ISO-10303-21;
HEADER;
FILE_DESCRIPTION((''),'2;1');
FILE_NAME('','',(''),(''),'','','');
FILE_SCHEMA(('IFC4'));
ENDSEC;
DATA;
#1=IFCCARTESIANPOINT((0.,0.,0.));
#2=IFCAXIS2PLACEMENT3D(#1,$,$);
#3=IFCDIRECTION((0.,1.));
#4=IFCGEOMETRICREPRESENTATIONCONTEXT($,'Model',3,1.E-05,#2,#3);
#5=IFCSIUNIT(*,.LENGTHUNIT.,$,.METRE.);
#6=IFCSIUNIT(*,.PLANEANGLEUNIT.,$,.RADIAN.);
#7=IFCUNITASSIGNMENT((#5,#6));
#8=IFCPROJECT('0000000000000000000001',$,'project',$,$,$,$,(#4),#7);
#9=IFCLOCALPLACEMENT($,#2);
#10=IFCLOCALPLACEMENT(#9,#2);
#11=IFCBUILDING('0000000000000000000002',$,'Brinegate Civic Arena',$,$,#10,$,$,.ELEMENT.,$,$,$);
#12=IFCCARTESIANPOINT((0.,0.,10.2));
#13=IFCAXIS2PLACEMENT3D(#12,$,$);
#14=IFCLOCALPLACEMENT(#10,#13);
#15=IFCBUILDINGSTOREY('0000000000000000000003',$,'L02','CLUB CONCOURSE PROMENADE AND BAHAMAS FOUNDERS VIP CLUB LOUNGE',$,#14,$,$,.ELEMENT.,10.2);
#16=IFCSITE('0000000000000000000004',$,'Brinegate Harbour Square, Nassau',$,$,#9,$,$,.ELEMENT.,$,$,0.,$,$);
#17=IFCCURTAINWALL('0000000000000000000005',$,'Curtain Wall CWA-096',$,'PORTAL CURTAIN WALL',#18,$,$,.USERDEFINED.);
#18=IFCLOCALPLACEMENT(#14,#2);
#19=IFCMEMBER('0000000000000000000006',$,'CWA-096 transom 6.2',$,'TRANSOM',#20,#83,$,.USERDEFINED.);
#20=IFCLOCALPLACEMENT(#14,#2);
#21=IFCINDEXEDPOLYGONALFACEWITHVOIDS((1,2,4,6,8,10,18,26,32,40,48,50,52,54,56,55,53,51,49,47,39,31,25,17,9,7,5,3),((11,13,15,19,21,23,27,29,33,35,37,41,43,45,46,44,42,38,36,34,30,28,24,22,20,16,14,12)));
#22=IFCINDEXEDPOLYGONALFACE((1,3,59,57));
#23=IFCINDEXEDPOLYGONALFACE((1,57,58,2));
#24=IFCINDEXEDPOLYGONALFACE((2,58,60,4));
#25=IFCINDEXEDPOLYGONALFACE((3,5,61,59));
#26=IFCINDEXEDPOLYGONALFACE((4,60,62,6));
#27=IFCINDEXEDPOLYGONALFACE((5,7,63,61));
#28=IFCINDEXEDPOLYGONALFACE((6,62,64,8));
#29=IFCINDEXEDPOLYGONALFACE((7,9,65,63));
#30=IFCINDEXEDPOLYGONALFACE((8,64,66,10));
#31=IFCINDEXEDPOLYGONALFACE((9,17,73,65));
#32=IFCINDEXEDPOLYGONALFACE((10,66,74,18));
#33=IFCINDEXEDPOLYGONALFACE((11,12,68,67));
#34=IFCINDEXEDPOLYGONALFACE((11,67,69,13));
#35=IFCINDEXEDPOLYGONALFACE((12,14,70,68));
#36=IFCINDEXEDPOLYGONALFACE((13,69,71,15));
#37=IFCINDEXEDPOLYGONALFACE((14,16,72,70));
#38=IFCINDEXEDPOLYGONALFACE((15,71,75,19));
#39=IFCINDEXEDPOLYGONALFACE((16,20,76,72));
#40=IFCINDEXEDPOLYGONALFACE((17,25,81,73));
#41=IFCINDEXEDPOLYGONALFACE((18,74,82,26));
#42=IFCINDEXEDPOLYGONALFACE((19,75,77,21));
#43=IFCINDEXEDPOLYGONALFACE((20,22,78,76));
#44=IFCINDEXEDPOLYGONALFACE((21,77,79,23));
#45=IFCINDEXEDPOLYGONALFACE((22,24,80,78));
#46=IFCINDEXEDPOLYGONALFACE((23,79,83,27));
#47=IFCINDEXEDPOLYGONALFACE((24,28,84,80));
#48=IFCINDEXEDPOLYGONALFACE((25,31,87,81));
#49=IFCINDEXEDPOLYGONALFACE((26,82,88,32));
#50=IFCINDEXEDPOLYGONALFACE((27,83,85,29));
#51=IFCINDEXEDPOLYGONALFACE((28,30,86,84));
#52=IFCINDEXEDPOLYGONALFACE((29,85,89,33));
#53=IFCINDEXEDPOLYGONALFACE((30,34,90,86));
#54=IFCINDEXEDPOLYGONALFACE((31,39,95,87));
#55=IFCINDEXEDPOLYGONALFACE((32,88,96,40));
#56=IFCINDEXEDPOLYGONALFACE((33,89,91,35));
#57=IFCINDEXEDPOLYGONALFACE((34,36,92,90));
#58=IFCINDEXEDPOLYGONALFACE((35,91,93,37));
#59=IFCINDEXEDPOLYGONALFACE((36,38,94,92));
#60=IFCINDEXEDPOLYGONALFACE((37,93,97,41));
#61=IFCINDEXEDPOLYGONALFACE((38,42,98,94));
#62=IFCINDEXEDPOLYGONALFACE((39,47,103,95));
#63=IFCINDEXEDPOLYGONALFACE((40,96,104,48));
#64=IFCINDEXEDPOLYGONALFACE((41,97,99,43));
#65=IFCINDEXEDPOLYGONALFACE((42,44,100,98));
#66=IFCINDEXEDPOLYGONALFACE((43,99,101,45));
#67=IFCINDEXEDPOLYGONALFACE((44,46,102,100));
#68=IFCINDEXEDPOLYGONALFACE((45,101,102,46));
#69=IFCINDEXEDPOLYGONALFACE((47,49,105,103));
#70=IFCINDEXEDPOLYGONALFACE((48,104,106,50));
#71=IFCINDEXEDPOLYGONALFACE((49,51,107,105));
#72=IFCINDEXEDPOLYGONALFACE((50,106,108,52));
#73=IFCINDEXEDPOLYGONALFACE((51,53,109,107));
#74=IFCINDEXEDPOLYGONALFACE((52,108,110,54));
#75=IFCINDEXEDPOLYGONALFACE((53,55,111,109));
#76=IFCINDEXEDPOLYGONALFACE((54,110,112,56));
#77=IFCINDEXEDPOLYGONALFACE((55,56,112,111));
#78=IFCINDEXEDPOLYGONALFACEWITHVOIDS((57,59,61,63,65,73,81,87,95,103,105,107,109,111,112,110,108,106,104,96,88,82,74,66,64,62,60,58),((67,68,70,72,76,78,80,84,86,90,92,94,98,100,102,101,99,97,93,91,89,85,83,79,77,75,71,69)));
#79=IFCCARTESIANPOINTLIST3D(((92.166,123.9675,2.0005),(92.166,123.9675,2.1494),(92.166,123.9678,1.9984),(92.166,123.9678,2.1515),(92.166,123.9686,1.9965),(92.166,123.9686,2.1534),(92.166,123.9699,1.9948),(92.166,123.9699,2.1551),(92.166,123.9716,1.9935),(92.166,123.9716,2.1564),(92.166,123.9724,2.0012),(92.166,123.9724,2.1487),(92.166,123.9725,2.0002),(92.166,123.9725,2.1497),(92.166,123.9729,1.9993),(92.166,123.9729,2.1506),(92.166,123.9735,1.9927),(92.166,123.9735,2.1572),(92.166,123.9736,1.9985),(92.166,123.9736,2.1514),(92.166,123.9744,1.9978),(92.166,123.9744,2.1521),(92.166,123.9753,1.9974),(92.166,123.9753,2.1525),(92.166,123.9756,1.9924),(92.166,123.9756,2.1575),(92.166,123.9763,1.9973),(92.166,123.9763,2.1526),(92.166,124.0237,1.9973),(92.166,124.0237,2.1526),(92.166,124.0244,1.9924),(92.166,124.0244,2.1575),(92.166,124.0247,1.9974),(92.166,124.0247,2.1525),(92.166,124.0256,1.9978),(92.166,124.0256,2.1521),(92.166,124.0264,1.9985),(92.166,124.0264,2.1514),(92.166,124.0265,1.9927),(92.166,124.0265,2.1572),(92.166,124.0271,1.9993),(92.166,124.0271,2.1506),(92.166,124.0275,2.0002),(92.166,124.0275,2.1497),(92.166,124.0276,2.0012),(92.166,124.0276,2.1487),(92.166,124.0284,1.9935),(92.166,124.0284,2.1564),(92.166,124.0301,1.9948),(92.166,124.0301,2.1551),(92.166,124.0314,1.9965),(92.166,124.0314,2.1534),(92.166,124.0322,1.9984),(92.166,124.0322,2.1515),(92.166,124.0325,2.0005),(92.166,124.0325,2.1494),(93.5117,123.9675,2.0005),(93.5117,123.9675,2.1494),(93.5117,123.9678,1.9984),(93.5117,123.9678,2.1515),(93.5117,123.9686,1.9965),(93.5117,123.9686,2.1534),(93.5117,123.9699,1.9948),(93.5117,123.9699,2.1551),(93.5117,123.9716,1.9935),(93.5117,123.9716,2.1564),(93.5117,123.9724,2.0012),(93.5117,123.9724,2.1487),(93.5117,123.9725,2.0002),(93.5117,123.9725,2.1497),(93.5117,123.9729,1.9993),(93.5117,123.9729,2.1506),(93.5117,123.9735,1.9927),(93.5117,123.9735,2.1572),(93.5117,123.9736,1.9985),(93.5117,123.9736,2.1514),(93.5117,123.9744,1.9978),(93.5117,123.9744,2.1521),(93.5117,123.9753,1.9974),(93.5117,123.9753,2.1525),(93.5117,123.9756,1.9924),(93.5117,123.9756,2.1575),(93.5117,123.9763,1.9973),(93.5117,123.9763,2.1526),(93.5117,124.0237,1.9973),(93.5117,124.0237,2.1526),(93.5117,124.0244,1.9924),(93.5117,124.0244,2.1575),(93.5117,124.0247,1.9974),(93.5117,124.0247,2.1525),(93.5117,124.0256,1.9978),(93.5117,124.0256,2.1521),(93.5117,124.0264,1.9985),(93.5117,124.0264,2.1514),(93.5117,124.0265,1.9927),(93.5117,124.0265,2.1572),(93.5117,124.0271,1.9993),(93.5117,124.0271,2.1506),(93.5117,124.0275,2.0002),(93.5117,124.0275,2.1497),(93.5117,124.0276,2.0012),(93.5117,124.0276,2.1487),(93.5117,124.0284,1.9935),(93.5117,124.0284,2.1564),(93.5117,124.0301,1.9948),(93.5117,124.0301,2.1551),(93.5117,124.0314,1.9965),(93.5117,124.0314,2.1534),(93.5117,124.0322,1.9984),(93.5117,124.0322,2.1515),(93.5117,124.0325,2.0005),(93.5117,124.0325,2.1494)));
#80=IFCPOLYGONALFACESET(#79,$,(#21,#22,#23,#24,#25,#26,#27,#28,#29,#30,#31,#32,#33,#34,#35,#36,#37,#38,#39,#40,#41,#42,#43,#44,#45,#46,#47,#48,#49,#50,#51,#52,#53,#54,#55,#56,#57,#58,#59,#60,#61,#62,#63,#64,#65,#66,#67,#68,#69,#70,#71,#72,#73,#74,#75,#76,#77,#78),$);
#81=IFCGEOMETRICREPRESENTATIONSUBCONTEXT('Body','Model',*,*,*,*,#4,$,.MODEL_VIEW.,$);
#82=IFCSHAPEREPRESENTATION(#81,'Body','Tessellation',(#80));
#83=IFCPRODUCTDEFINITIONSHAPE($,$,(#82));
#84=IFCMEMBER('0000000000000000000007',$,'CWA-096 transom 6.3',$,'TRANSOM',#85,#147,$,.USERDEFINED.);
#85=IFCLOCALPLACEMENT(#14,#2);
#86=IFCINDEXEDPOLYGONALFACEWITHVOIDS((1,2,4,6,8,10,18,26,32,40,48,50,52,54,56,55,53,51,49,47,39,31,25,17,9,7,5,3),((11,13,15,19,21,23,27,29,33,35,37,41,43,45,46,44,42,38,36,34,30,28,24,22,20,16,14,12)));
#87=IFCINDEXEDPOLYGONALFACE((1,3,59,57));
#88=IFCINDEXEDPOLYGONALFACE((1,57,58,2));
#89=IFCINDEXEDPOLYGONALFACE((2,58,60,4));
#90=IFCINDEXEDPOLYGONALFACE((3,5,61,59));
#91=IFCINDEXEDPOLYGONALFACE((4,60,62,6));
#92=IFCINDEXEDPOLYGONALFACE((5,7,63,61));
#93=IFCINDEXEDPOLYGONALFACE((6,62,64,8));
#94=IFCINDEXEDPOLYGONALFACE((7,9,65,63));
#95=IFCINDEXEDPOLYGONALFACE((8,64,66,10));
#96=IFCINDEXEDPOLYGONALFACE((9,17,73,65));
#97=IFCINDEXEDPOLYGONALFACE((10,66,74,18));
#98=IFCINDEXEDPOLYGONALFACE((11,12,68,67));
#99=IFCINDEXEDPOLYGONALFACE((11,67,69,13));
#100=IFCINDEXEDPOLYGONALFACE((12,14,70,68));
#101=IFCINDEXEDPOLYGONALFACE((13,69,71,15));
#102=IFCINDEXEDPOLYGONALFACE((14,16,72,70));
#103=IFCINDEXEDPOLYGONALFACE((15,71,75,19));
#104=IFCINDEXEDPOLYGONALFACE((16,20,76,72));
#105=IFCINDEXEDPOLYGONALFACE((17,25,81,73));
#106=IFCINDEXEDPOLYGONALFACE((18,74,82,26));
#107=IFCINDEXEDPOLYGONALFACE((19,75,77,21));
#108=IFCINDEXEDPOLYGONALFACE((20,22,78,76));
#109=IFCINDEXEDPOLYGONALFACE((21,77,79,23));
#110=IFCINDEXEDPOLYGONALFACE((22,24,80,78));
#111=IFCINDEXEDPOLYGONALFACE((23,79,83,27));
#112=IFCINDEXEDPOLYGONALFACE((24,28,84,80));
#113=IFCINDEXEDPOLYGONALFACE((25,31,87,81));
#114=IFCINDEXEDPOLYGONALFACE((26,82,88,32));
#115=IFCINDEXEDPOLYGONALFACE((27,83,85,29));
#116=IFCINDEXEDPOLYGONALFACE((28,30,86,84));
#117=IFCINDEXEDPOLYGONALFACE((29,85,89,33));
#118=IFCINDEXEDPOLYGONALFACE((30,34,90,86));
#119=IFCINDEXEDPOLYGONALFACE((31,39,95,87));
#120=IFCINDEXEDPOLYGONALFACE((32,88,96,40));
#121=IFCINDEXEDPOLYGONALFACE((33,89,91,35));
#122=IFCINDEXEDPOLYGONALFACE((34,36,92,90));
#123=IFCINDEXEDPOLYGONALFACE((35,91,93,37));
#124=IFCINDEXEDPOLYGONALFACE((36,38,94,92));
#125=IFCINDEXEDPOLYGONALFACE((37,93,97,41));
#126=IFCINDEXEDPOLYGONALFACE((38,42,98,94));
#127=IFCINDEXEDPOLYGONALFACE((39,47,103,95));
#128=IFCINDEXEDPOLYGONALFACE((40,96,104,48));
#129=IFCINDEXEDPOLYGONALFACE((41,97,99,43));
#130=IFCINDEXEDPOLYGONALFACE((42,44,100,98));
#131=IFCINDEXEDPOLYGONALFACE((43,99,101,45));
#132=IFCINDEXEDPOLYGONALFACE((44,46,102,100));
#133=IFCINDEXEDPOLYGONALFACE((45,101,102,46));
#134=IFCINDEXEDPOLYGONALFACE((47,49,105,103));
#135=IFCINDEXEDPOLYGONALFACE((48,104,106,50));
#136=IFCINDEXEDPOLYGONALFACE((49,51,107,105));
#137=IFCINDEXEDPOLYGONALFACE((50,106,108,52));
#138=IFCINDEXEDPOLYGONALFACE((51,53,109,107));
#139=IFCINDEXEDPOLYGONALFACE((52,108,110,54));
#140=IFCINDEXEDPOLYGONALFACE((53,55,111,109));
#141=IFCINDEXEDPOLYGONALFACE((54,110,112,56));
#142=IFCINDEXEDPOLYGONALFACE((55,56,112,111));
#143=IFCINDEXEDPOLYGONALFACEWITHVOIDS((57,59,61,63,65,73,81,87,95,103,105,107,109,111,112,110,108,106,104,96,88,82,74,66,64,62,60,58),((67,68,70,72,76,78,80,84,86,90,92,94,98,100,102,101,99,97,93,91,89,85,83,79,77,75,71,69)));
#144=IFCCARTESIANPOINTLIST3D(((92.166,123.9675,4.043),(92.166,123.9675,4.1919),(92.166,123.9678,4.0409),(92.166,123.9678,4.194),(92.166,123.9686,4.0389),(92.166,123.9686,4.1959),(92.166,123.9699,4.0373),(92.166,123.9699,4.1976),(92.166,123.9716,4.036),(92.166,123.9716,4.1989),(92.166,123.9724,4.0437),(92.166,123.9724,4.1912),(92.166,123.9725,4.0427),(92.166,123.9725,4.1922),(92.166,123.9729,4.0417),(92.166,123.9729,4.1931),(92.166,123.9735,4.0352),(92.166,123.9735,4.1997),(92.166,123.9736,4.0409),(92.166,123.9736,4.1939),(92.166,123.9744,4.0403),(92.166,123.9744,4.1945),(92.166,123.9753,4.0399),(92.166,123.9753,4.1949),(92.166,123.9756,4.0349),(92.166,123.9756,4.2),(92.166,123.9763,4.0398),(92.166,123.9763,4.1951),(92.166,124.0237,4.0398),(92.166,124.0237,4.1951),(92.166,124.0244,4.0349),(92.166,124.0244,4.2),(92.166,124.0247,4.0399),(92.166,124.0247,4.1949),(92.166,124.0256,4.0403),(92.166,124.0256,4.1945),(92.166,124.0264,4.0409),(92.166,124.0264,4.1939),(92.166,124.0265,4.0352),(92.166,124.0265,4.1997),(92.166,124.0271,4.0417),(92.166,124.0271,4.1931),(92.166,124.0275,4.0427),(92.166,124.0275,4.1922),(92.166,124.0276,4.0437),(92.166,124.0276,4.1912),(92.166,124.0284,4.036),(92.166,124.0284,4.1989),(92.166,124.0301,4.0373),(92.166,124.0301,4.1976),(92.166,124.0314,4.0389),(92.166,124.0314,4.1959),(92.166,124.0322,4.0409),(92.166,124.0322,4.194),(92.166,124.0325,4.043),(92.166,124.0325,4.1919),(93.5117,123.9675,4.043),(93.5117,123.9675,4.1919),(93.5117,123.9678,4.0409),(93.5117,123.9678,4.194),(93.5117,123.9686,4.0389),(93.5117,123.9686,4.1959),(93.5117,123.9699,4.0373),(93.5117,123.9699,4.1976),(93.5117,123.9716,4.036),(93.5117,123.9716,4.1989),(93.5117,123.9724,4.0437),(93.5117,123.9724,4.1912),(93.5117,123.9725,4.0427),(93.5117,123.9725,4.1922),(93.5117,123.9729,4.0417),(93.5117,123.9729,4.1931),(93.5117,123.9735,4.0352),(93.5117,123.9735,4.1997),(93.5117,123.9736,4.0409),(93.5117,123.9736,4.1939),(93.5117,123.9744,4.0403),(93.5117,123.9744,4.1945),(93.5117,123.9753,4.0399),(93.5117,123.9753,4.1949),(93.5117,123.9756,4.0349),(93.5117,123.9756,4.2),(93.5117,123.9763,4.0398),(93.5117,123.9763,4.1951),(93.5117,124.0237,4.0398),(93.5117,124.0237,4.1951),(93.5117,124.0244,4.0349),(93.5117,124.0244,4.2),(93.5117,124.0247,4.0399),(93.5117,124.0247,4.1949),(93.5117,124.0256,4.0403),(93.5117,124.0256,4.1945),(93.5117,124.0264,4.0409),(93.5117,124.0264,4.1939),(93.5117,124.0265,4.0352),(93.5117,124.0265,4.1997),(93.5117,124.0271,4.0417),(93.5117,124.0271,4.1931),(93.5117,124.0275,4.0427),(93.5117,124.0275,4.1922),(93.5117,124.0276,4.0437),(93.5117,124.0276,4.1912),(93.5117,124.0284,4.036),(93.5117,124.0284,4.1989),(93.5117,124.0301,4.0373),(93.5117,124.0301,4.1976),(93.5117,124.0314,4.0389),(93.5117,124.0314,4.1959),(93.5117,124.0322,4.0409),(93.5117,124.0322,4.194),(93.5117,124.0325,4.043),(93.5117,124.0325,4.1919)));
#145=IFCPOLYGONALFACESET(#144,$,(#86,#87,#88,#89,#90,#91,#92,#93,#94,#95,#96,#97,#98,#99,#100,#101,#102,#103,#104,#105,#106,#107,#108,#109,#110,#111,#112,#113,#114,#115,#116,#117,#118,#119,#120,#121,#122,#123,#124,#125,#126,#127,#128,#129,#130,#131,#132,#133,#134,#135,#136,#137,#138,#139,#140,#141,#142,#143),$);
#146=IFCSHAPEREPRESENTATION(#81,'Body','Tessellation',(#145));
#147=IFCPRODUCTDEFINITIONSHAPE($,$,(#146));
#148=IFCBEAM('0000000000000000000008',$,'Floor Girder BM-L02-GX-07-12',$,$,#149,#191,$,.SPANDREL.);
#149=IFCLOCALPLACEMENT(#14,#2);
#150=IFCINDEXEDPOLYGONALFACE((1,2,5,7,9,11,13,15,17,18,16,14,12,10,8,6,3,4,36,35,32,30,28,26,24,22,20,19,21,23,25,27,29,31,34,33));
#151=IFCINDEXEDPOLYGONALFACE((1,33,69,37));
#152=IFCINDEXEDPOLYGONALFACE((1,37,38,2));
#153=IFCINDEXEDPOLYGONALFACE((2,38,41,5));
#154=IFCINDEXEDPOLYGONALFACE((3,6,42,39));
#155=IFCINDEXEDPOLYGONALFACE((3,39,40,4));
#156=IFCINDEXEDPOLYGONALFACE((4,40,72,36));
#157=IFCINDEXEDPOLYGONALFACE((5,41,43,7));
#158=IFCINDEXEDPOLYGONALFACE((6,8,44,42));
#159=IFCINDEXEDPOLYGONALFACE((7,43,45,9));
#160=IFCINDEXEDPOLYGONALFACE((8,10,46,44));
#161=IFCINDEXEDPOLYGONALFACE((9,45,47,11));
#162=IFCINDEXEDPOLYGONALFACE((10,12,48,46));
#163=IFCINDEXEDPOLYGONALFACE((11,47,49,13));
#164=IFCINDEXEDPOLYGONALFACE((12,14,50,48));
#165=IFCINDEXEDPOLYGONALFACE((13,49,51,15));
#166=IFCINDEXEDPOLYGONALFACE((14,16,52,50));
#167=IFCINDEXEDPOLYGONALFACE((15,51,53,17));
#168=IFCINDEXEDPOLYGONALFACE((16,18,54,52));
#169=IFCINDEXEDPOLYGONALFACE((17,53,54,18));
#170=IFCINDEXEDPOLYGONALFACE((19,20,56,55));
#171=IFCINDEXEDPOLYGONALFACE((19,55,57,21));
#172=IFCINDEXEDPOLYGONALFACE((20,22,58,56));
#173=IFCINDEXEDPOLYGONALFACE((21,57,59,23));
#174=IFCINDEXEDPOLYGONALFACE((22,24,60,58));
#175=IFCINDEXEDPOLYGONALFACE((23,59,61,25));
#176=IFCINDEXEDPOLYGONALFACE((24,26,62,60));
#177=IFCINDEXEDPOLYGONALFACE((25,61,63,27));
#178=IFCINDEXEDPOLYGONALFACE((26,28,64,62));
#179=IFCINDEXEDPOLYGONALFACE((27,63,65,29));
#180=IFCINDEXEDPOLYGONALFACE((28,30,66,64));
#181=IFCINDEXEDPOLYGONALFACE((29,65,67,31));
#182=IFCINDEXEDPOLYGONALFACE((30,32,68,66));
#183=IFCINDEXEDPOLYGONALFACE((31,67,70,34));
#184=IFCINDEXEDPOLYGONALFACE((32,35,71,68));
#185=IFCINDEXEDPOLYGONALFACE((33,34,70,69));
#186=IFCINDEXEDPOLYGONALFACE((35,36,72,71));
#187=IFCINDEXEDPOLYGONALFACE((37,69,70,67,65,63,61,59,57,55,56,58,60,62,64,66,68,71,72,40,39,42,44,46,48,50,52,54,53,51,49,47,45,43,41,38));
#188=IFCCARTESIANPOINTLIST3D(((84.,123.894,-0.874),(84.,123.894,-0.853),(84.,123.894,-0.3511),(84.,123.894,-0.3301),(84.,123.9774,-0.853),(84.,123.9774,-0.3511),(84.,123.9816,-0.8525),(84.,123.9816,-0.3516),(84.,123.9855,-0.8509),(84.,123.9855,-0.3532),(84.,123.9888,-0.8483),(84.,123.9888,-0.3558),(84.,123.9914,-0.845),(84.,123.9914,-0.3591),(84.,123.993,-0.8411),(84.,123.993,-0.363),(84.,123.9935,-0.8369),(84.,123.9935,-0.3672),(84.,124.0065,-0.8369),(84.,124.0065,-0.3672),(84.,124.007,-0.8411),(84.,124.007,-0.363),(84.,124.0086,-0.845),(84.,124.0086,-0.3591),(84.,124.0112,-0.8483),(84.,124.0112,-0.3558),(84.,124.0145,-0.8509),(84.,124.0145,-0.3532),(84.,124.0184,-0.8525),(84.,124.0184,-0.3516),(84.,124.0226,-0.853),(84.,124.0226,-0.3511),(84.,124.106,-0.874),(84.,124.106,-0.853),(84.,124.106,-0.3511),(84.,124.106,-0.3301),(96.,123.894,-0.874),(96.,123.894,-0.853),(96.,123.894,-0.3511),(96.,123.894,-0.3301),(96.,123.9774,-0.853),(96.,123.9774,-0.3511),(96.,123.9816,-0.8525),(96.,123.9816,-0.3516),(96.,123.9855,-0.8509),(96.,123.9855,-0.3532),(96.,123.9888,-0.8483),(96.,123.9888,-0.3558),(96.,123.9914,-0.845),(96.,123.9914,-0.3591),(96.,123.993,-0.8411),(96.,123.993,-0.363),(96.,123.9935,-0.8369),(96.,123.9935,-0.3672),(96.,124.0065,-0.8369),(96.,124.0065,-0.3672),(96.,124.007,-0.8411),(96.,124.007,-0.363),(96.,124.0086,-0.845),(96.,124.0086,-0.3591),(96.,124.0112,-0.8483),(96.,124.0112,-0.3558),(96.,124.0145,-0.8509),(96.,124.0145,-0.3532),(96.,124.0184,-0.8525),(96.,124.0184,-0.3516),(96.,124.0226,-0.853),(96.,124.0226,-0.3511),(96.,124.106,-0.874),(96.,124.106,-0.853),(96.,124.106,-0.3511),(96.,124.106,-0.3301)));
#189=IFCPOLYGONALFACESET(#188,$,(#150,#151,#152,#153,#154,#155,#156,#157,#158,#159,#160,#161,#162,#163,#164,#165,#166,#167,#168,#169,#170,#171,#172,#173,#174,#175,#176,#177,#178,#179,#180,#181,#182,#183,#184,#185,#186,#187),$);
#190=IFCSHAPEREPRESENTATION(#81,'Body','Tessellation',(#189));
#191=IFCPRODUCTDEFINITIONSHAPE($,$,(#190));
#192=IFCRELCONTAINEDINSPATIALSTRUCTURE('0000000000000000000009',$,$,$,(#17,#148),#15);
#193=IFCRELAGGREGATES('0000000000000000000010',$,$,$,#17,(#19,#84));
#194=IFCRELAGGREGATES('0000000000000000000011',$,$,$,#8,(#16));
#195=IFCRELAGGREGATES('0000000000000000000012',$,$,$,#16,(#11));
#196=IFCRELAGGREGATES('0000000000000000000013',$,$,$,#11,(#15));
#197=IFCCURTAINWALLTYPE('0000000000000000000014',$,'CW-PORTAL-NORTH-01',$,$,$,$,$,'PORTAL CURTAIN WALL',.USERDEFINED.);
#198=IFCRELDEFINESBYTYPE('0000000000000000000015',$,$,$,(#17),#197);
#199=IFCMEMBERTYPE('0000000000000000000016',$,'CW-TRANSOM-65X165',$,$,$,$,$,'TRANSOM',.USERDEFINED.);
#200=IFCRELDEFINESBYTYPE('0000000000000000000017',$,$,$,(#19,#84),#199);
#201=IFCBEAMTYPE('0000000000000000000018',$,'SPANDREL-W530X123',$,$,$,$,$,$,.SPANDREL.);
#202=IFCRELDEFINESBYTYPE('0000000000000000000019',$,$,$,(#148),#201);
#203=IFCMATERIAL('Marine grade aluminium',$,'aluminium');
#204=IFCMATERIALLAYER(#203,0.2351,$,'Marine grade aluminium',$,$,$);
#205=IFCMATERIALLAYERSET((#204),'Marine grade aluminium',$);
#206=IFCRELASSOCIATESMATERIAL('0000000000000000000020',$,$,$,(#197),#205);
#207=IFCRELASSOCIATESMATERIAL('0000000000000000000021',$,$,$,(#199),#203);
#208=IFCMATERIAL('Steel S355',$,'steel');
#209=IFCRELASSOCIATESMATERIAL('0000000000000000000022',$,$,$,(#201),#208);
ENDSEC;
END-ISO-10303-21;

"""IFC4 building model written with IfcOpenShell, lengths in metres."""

from ifc_helpers import new_model, si_unit, direction, frame, origin, origin_2d, place, context, subcontext, project, spatial, hollow_rectangle, i_section, extrude, material, layer, layer_set, material_profile, profile_set, type_object, element, aggregate, save


model = new_model("IFC4")

# Units and contexts
model_context = context("Model", 3, precision=1e-05, world=origin(), true_north=direction((0.0, 1.0)))
body_context = subcontext(model_context, "Body", "Model", "MODEL_VIEW")
ifc_project = project(units=[si_unit("LENGTHUNIT", "METRE"), si_unit("PLANEANGLEUNIT", "RADIAN")], contexts=[model_context])

# Site, building, storey
site_placement = place(None, origin())
site = spatial("IfcSite", under=ifc_project, at=site_placement, Name="Brinegate Harbour Square, Nassau", CompositionType="ELEMENT", RefElevation=0.0)
building_placement = place(site_placement, origin())
building = spatial("IfcBuilding", under=site, at=building_placement, Name="Brinegate Civic Arena", CompositionType="ELEMENT")
storey_placement = place(building_placement, frame((0.0, 0.0, 10.2)))
storey = spatial("IfcBuildingStorey", under=building, at=storey_placement, Name="L02", Description="CLUB CONCOURSE PROMENADE AND BAHAMAS FOUNDERS VIP CLUB LOUNGE", CompositionType="ELEMENT", Elevation=10.2)

# Curtain wall, members
ifc_material_1 = material(Name="Marine grade aluminium", Category="aluminium")
ifc_layer_1 = layer(ifc_material_1, 0.2351, Name="Marine grade aluminium")
ifc_layer_set_1 = layer_set([ifc_layer_1], Name="Marine grade aluminium")
curtain_wall_type = type_object("IfcCurtainWallType", Name="CW-PORTAL-NORTH-01", ElementType="PORTAL CURTAIN WALL", PredefinedType="USERDEFINED", material=ifc_layer_set_1)
curtain_wall_placement = place(storey_placement, origin())
curtain_wall = element("IfcCurtainWall", 1, at=curtain_wall_placement, inside=storey, type_object=curtain_wall_type, Name="Curtain Wall CWA-096", ObjectType="PORTAL CURTAIN WALL", PredefinedType="USERDEFINED")
ifc_material_profile_1 = material_profile(ifc_material_1, hollow_rectangle(XDim=0.0649, YDim=0.165, WallThickness=0.0049, InnerFilletRadius=0.0039, OuterFilletRadius=0.0081, at=origin_2d()), Name="TRN65X165")
ifc_profile_set_1 = profile_set([ifc_material_profile_1], Name="Marine grade aluminium")
member_type_1 = type_object("IfcMemberType", Name="CW-TRANSOM-65X165", ElementType="TRANSOM", PredefinedType="USERDEFINED", material=ifc_profile_set_1)
member_1_placement = place(storey_placement, frame((92.166, 124.0, 2.075), z_axis=(1.0, 0.0, 0.0), x_axis=(0.0, 1.0, 0.0)))
member_1 = element("IfcMember", 2, at=member_1_placement, type_object=member_type_1, Name="CWA-096 transom 6.2", ObjectType="TRANSOM", PredefinedType="USERDEFINED", context=body_context, shape_type="SweptSolid", body=[
    extrude(hollow_rectangle(XDim=0.0649, YDim=0.165, WallThickness=0.0049, InnerFilletRadius=0.0039, OuterFilletRadius=0.0081, at=origin_2d()), origin(), (0.0, 0.0, 1.0), 1.3457),
])
member_2_placement = place(storey_placement, frame((92.166, 124.0, 4.1174), z_axis=(1.0, 0.0, 0.0), x_axis=(0.0, 1.0, 0.0)))
member_2 = element("IfcMember", 3, at=member_2_placement, type_object=member_type_1, Name="CWA-096 transom 6.3", ObjectType="TRANSOM", PredefinedType="USERDEFINED", context=body_context, shape_type="SweptSolid", body=[
    extrude(hollow_rectangle(XDim=0.0649, YDim=0.165, WallThickness=0.0049, InnerFilletRadius=0.0039, OuterFilletRadius=0.0081, at=origin_2d()), origin(), (0.0, 0.0, 1.0), 1.3457),
])

# Beam
ifc_material_2 = material(Name="Steel S355", Category="steel")
ifc_material_profile_2 = material_profile(ifc_material_2, i_section(OverallWidth=0.2119, OverallDepth=0.5439, WebThickness=0.0129, FlangeThickness=0.021, FilletRadius=0.0161, at=origin_2d()), Name="W530X123")
ifc_profile_set_2 = profile_set([ifc_material_profile_2], Name="Steel S355")
beam_type = type_object("IfcBeamType", Name="SPANDREL-W530X123", PredefinedType="SPANDREL", material=ifc_profile_set_2)
beam_placement = place(storey_placement, frame((84.0, 124.0, -0.6021), z_axis=(1.0, 0.0, 0.0), x_axis=(0.0, 1.0, 0.0)))
element("IfcBeam", 4, at=beam_placement, inside=storey, type_object=beam_type, Name="Floor Girder BM-L02-GX-07-12", PredefinedType="SPANDREL", context=body_context, shape_type="SweptSolid", body=[
    extrude(i_section(OverallWidth=0.2119, OverallDepth=0.5439, WebThickness=0.0129, FlangeThickness=0.021, FilletRadius=0.0161, at=origin_2d()), origin(), (0.0, 0.0, 1.0), 12.0),
])

aggregate(curtain_wall, [member_1, member_2])

save(model, "model.ifc")
